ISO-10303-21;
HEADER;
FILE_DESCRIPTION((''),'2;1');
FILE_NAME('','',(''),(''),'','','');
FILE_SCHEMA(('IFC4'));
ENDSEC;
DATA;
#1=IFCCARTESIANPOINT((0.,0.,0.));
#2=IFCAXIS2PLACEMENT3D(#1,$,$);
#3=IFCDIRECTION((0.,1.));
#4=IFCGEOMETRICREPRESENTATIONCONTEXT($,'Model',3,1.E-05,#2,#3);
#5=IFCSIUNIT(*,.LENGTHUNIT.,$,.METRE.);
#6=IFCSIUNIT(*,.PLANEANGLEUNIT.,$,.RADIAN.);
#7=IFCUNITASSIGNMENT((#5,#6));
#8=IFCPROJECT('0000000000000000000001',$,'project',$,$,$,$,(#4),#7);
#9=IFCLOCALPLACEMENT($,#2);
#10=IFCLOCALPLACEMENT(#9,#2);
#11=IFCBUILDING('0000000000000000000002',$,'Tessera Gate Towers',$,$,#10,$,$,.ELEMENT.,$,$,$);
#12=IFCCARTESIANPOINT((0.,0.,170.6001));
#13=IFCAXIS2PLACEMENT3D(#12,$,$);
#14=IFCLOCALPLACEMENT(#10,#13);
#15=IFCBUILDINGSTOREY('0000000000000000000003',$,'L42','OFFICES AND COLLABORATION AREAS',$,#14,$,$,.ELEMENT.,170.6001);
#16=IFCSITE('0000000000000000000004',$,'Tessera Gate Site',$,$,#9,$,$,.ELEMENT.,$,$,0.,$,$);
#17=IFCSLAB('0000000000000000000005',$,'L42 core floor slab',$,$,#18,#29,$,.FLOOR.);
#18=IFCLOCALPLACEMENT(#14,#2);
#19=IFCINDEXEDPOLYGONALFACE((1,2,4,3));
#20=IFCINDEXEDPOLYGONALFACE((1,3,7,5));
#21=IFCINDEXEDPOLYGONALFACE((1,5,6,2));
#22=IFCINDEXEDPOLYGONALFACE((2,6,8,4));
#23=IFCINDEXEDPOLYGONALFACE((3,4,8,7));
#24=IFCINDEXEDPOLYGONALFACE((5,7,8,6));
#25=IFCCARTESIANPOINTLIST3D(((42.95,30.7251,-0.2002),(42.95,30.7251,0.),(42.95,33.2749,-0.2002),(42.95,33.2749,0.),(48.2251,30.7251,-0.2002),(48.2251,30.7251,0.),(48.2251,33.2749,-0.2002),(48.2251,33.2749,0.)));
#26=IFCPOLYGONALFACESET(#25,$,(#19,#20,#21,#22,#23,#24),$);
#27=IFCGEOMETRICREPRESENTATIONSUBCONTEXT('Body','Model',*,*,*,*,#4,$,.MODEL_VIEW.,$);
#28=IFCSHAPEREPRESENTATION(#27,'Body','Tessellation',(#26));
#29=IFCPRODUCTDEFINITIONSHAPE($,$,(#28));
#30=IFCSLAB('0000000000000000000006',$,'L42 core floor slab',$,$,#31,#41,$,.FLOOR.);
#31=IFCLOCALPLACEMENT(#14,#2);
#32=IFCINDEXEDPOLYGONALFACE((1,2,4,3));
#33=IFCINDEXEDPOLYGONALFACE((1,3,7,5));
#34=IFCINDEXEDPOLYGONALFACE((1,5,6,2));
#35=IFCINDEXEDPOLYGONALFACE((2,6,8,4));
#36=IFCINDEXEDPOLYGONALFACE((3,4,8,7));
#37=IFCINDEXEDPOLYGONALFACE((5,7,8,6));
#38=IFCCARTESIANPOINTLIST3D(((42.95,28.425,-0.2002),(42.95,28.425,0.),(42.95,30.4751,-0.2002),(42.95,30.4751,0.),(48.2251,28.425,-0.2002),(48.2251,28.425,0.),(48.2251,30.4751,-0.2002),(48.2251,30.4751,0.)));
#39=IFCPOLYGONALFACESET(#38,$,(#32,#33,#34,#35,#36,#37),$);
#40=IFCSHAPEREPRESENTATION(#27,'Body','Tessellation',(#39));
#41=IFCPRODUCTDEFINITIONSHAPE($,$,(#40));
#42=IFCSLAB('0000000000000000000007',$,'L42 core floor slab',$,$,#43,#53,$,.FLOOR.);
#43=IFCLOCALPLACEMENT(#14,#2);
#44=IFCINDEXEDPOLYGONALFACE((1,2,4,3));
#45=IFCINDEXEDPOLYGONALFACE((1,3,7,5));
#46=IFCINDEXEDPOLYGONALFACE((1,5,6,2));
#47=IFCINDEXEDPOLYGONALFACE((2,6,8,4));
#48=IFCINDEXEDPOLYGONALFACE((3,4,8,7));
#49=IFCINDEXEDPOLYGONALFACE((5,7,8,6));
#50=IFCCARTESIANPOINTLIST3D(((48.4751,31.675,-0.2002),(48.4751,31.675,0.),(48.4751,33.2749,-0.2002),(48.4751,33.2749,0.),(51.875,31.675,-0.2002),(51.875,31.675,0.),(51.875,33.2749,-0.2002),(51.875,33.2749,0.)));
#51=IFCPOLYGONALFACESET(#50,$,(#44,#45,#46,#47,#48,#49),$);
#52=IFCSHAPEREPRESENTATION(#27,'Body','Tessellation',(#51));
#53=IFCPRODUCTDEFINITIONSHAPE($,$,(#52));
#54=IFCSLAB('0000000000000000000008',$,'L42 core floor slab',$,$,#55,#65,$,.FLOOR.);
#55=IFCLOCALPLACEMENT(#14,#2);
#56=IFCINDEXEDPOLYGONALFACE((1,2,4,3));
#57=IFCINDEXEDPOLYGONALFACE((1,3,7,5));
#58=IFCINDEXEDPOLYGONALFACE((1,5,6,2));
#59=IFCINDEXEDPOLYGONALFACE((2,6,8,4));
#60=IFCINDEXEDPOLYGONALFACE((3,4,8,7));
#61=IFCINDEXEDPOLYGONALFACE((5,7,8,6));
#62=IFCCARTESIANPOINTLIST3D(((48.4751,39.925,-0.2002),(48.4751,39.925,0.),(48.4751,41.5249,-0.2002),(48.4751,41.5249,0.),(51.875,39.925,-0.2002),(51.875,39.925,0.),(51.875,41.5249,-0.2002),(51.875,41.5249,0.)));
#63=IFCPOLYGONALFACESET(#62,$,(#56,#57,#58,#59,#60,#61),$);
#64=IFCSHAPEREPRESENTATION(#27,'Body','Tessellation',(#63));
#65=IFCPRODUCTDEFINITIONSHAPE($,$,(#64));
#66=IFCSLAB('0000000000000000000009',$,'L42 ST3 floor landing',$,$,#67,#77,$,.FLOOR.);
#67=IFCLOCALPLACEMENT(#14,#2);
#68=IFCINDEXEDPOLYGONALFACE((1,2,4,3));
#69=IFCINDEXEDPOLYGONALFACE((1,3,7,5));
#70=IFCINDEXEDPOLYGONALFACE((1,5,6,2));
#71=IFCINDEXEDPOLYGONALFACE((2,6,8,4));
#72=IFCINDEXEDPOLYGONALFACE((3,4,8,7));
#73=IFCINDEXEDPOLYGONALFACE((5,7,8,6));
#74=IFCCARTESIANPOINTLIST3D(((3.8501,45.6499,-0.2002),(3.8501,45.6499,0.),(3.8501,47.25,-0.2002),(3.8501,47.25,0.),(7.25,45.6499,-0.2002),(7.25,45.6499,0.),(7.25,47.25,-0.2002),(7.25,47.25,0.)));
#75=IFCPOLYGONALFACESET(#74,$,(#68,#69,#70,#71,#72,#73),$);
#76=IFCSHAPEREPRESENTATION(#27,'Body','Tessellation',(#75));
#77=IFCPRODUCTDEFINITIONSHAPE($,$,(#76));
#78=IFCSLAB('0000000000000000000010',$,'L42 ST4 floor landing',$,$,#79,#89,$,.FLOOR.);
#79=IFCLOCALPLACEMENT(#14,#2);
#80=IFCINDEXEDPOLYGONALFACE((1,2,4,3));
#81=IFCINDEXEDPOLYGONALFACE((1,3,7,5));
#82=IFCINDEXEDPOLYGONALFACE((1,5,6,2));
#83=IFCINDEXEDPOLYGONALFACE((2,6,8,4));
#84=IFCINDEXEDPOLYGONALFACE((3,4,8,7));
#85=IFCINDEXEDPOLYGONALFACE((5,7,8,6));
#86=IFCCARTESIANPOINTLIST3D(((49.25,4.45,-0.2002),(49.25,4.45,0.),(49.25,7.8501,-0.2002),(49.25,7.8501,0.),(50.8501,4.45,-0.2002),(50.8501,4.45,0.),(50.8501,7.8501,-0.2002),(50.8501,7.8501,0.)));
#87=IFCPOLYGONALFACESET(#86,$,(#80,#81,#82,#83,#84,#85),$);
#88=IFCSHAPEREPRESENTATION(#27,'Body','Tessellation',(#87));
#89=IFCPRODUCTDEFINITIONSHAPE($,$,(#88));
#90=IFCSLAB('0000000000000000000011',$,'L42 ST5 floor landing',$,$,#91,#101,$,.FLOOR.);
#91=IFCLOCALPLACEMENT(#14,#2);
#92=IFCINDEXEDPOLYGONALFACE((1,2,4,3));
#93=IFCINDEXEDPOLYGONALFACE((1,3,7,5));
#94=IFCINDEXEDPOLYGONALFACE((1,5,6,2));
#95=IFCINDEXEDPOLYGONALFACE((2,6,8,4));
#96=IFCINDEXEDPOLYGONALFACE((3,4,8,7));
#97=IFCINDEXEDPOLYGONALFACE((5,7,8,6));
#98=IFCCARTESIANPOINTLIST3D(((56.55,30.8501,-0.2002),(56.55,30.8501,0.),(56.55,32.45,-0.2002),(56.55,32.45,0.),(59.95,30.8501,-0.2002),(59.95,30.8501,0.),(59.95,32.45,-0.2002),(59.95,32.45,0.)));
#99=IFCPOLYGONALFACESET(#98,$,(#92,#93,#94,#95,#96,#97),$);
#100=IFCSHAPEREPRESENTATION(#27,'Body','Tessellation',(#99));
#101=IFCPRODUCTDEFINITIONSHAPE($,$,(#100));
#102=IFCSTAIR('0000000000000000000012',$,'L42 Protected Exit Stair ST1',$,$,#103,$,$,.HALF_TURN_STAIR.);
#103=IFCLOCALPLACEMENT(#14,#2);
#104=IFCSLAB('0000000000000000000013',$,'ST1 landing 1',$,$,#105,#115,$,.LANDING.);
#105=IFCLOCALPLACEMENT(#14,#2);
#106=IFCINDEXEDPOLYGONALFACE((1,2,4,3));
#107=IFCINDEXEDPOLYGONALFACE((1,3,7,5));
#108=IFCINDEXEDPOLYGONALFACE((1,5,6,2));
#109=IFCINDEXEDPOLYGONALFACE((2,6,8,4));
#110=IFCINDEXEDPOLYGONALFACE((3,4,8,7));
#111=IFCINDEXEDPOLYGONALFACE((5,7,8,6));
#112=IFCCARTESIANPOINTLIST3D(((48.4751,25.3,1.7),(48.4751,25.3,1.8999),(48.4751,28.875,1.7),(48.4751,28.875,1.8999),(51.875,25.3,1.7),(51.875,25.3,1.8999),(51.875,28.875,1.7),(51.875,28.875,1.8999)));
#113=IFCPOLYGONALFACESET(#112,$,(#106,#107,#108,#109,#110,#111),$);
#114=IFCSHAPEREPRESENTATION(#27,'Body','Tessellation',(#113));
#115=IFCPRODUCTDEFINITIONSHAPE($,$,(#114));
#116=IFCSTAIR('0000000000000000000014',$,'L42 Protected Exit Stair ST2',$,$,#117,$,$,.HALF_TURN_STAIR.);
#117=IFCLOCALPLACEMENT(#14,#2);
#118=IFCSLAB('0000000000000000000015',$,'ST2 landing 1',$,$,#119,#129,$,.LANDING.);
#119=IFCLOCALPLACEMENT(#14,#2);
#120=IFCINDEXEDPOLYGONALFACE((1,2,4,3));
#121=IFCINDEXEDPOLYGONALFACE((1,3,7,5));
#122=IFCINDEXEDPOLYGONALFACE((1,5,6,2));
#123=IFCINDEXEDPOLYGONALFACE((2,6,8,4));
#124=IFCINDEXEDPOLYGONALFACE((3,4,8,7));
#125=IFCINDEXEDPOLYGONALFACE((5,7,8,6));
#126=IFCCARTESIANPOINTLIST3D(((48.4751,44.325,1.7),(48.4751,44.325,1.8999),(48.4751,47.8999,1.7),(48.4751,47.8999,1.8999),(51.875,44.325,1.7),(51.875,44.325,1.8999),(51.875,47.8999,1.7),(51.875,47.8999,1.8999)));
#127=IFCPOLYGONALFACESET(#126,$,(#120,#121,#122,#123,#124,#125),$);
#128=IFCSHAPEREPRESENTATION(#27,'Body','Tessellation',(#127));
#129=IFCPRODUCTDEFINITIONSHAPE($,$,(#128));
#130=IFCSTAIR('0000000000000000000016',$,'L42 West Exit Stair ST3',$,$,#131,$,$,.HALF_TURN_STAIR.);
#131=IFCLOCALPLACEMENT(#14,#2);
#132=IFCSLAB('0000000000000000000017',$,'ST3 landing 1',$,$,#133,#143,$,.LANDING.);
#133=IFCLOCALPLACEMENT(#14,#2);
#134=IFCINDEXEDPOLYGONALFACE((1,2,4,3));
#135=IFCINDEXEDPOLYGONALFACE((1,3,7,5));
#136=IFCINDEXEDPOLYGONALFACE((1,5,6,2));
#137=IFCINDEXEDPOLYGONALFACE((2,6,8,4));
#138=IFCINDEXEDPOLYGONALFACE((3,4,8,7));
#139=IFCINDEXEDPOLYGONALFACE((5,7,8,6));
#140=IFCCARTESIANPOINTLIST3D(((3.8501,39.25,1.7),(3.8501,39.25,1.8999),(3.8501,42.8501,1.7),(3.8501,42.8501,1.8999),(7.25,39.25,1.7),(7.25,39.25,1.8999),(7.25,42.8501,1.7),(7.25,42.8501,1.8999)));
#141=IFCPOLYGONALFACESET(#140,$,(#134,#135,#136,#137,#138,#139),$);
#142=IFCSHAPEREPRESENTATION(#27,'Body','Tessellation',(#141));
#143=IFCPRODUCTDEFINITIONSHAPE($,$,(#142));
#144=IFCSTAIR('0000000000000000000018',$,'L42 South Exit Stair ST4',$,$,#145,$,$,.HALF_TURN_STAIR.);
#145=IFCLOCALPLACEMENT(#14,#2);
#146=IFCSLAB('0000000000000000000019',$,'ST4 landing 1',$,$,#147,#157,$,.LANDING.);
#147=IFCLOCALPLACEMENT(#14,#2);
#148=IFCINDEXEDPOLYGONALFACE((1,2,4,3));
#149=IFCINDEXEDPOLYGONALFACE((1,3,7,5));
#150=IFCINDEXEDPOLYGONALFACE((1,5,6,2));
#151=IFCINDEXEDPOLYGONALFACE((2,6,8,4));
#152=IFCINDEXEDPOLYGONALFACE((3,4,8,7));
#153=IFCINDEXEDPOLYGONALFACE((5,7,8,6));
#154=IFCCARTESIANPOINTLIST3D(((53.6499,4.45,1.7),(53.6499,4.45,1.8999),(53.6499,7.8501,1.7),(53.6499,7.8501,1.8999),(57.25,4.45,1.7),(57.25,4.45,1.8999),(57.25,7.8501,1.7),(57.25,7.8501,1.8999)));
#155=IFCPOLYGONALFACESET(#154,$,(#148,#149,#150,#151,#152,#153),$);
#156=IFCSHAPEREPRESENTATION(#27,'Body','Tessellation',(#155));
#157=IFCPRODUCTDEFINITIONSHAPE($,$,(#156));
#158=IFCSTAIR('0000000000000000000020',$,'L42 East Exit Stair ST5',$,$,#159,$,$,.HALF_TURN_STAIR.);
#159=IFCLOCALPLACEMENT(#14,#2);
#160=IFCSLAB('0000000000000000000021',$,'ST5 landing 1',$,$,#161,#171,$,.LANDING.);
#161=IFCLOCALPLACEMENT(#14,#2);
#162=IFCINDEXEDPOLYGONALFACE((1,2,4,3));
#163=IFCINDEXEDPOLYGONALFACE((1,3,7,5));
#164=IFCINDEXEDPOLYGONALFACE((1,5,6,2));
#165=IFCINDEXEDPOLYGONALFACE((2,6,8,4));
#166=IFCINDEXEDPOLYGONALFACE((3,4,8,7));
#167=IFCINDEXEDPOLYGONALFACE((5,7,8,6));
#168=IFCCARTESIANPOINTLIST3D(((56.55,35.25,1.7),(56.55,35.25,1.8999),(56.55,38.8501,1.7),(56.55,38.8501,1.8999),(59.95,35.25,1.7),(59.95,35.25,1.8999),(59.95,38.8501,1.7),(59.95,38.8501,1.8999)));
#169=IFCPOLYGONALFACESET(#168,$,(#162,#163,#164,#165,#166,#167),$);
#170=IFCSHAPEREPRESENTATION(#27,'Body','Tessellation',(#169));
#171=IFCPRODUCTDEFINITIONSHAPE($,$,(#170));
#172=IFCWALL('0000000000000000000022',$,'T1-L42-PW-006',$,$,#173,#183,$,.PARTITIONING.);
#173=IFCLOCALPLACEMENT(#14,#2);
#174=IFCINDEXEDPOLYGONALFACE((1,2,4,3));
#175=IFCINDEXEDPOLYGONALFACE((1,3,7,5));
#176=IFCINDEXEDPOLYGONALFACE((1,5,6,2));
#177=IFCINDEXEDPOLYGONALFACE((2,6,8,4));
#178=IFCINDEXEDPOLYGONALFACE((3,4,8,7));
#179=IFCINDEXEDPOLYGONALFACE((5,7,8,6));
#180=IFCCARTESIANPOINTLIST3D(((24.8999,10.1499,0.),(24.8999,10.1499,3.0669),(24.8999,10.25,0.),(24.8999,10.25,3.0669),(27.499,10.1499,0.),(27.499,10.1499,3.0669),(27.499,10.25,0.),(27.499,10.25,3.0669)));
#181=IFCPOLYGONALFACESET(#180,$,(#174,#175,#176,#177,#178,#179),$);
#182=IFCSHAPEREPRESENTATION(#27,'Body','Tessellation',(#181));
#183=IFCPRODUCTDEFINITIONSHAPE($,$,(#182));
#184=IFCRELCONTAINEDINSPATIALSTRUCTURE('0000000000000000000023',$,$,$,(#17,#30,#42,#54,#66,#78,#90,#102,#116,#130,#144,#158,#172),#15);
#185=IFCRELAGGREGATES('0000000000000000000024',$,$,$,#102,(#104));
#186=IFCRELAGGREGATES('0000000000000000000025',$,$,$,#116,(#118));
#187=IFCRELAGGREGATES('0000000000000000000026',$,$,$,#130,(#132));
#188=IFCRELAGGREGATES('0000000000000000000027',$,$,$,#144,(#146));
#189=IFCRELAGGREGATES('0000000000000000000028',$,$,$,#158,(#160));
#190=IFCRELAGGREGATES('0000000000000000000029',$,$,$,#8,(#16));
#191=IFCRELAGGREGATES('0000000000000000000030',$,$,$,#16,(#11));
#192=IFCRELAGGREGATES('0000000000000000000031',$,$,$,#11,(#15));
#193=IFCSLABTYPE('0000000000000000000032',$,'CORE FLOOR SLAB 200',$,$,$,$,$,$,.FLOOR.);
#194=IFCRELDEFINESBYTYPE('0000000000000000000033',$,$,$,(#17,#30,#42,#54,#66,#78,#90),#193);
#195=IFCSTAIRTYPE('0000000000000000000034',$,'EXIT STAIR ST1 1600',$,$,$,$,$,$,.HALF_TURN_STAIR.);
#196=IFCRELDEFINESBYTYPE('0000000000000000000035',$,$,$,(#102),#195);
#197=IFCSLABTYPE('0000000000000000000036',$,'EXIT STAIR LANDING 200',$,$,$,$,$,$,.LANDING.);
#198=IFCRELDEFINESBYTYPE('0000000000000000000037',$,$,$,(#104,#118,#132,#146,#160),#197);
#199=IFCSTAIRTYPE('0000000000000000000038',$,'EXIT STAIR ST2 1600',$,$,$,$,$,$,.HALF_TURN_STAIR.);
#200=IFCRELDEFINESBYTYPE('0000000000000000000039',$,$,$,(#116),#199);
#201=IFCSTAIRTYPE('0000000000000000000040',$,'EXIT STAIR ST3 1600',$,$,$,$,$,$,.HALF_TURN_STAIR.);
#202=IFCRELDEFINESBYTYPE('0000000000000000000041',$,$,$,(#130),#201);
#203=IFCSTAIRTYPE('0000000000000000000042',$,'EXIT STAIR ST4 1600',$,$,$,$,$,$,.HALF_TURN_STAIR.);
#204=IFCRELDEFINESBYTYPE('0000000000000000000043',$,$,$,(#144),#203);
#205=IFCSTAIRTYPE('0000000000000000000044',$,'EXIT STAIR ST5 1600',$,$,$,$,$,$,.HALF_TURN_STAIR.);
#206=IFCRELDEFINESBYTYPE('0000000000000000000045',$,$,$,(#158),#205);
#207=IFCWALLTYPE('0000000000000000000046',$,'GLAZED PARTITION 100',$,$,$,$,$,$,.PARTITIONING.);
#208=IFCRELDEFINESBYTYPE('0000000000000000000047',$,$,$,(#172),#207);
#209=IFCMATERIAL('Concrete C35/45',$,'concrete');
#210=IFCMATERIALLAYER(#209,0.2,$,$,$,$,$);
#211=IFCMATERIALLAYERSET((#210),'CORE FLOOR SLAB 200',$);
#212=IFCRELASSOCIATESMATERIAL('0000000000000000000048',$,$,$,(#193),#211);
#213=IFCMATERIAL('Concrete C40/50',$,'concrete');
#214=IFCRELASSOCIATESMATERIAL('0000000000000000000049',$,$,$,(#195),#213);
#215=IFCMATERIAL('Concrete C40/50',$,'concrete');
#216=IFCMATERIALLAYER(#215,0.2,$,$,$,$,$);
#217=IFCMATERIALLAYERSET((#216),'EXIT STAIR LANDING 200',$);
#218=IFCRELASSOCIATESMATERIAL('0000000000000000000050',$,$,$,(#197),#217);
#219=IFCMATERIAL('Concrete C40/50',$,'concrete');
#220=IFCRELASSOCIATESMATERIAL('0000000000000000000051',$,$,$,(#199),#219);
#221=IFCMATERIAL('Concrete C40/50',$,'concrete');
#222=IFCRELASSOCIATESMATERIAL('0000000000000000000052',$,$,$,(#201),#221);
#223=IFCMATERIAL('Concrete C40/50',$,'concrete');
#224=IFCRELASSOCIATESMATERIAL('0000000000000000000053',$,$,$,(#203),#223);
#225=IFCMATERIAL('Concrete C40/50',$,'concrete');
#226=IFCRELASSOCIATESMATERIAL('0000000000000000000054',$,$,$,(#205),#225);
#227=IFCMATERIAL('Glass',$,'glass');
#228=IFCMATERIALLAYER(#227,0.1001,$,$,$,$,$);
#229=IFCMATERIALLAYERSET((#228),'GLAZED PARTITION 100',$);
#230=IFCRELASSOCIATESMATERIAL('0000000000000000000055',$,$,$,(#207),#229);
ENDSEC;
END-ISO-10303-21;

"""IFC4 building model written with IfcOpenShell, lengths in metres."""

from ifc_helpers import new_model, si_unit, direction, frame, frame_2d, origin, place, context, subcontext, project, spatial, polyline, rectangle, outline, extrude, material, layer, layer_set, type_object, element, aggregate, save


model = new_model("IFC4")

# Units and contexts
model_context = context("Model", 3, precision=1e-05, world=origin(), true_north=direction((0.0, 1.0)))
body_context = subcontext(model_context, "Body", "Model", "MODEL_VIEW")
ifc_project = project(units=[si_unit("LENGTHUNIT", "METRE"), si_unit("PLANEANGLEUNIT", "RADIAN")], contexts=[model_context])

# Site, building, storey
site_placement = place(None, origin())
site = spatial("IfcSite", under=ifc_project, at=site_placement, Name="Tessera Gate Site", CompositionType="ELEMENT", RefElevation=0.0)
building_placement = place(site_placement, origin())
building = spatial("IfcBuilding", under=site, at=building_placement, Name="Tessera Gate Towers", CompositionType="ELEMENT")
storey_placement = place(building_placement, frame((0.0, 0.0, 170.6001)))
storey = spatial("IfcBuildingStorey", under=building, at=storey_placement, Name="L42", Description="OFFICES AND COLLABORATION AREAS", CompositionType="ELEMENT", Elevation=170.6001)

# Slabs
ifc_material_1 = material(Name="Concrete C35/45", Category="concrete")
ifc_layer_1 = layer(ifc_material_1, 0.2)
ifc_layer_set_1 = layer_set([ifc_layer_1], Name="CORE FLOOR SLAB 200")
slab_type_1 = type_object("IfcSlabType", Name="CORE FLOOR SLAB 200", PredefinedType="FLOOR", material=ifc_layer_set_1)
slab_1_placement = place(storey_placement, frame((0.0, 0.0, -0.2002)))
element("IfcSlab", 1, at=slab_1_placement, inside=storey, type_object=slab_type_1, Name="L42 core floor slab", PredefinedType="FLOOR", context=body_context, shape_type="SweptSolid", body=[
    extrude(outline(polyline([(42.95, 33.2749), (42.95, 30.7251), (48.2251, 30.7251), (48.2251, 33.2749), (42.95, 33.2749)])), origin(), (0.0, 0.0, 1.0), 0.2002),
])
slab_2_placement = place(storey_placement, frame((0.0, 0.0, -0.2002)))
element("IfcSlab", 2, at=slab_2_placement, inside=storey, type_object=slab_type_1, Name="L42 core floor slab", PredefinedType="FLOOR", context=body_context, shape_type="SweptSolid", body=[
    extrude(outline(polyline([(48.2251, 30.4751), (42.95, 30.4751), (42.95, 28.425), (48.2251, 28.425), (48.2251, 30.4751)])), origin(), (0.0, 0.0, 1.0), 0.2002),
])
slab_3_placement = place(storey_placement, frame((0.0, 0.0, -0.2002)))
element("IfcSlab", 3, at=slab_3_placement, inside=storey, type_object=slab_type_1, Name="L42 core floor slab", PredefinedType="FLOOR", context=body_context, shape_type="SweptSolid", body=[
    extrude(outline(polyline([(51.875, 31.675), (51.875, 33.2749), (48.4751, 33.2749), (48.4751, 31.675), (51.875, 31.675)])), origin(), (0.0, 0.0, 1.0), 0.2002),
])
slab_4_placement = place(storey_placement, frame((0.0, 0.0, -0.2002)))
element("IfcSlab", 4, at=slab_4_placement, inside=storey, type_object=slab_type_1, Name="L42 core floor slab", PredefinedType="FLOOR", context=body_context, shape_type="SweptSolid", body=[
    extrude(outline(polyline([(48.4751, 41.5249), (48.4751, 39.925), (51.875, 39.925), (51.875, 41.5249), (48.4751, 41.5249)])), origin(), (0.0, 0.0, 1.0), 0.2002),
])
slab_5_placement = place(storey_placement, frame((0.0, 0.0, -0.2002)))
element("IfcSlab", 5, at=slab_5_placement, inside=storey, type_object=slab_type_1, Name="L42 ST3 floor landing", PredefinedType="FLOOR", context=body_context, shape_type="SweptSolid", body=[
    extrude(outline(polyline([(3.8501, 47.25), (3.8501, 45.6499), (7.25, 45.6499), (7.25, 47.25), (3.8501, 47.25)])), origin(), (0.0, 0.0, 1.0), 0.2002),
])
slab_6_placement = place(storey_placement, frame((0.0, 0.0, -0.2002)))
element("IfcSlab", 6, at=slab_6_placement, inside=storey, type_object=slab_type_1, Name="L42 ST4 floor landing", PredefinedType="FLOOR", context=body_context, shape_type="SweptSolid", body=[
    extrude(outline(polyline([(49.25, 4.45), (50.8501, 4.45), (50.8501, 7.8501), (49.25, 7.8501), (49.25, 4.45)])), origin(), (0.0, 0.0, 1.0), 0.2002),
])
slab_7_placement = place(storey_placement, frame((0.0, 0.0, -0.2002)))
element("IfcSlab", 7, at=slab_7_placement, inside=storey, type_object=slab_type_1, Name="L42 ST5 floor landing", PredefinedType="FLOOR", context=body_context, shape_type="SweptSolid", body=[
    extrude(outline(polyline([(59.95, 30.8501), (59.95, 32.45), (56.55, 32.45), (56.55, 30.8501), (59.95, 30.8501)])), origin(), (0.0, 0.0, 1.0), 0.2002),
])

# Stairs, slabs
ifc_material_2 = material(Name="Concrete C40/50", Category="concrete")
stair_type_1 = type_object("IfcStairType", Name="EXIT STAIR ST1 1600", PredefinedType="HALF_TURN_STAIR", material=ifc_material_2)
stair_1_placement = place(storey_placement, origin())
stair_1 = element("IfcStair", 8, at=stair_1_placement, inside=storey, type_object=stair_type_1, Name="L42 Protected Exit Stair ST1", PredefinedType="HALF_TURN_STAIR")
ifc_material_3 = material(Name="Concrete C40/50", Category="concrete")
ifc_layer_2 = layer(ifc_material_3, 0.2)
ifc_layer_set_2 = layer_set([ifc_layer_2], Name="EXIT STAIR LANDING 200")
slab_type_2 = type_object("IfcSlabType", Name="EXIT STAIR LANDING 200", PredefinedType="LANDING", material=ifc_layer_set_2)
slab_8_placement = place(storey_placement, frame((0.0, 0.0, 1.7)))
slab_8 = element("IfcSlab", 9, at=slab_8_placement, type_object=slab_type_2, Name="ST1 landing 1", PredefinedType="LANDING", context=body_context, shape_type="SweptSolid", body=[
    extrude(outline(polyline([(48.4751, 28.875), (48.4751, 25.3), (51.875, 25.3), (51.875, 28.875), (48.4751, 28.875)])), origin(), (0.0, 0.0, 1.0), 0.2),
])
aggregate(stair_1, [slab_8])
ifc_material_4 = material(Name="Concrete C40/50", Category="concrete")
stair_type_2 = type_object("IfcStairType", Name="EXIT STAIR ST2 1600", PredefinedType="HALF_TURN_STAIR", material=ifc_material_4)
stair_2_placement = place(storey_placement, origin())
stair_2 = element("IfcStair", 10, at=stair_2_placement, inside=storey, type_object=stair_type_2, Name="L42 Protected Exit Stair ST2", PredefinedType="HALF_TURN_STAIR")
slab_9_placement = place(storey_placement, frame((0.0, 0.0, 1.7)))
slab_9 = element("IfcSlab", 11, at=slab_9_placement, type_object=slab_type_2, Name="ST2 landing 1", PredefinedType="LANDING", context=body_context, shape_type="SweptSolid", body=[
    extrude(outline(polyline([(51.875, 44.325), (51.875, 47.8999), (48.4751, 47.8999), (48.4751, 44.325), (51.875, 44.325)])), origin(), (0.0, 0.0, 1.0), 0.2),
])
aggregate(stair_2, [slab_9])
ifc_material_5 = material(Name="Concrete C40/50", Category="concrete")
stair_type_3 = type_object("IfcStairType", Name="EXIT STAIR ST3 1600", PredefinedType="HALF_TURN_STAIR", material=ifc_material_5)
stair_3_placement = place(storey_placement, origin())
stair_3 = element("IfcStair", 12, at=stair_3_placement, inside=storey, type_object=stair_type_3, Name="L42 West Exit Stair ST3", PredefinedType="HALF_TURN_STAIR")
slab_10_placement = place(storey_placement, frame((0.0, 0.0, 1.7)))
slab_10 = element("IfcSlab", 13, at=slab_10_placement, type_object=slab_type_2, Name="ST3 landing 1", PredefinedType="LANDING", context=body_context, shape_type="SweptSolid", body=[
    extrude(outline(polyline([(3.8501, 42.8501), (3.8501, 39.25), (7.25, 39.25), (7.25, 42.8501), (3.8501, 42.8501)])), origin(), (0.0, 0.0, 1.0), 0.2),
])
aggregate(stair_3, [slab_10])
ifc_material_6 = material(Name="Concrete C40/50", Category="concrete")
stair_type_4 = type_object("IfcStairType", Name="EXIT STAIR ST4 1600", PredefinedType="HALF_TURN_STAIR", material=ifc_material_6)
stair_4_placement = place(storey_placement, origin())
stair_4 = element("IfcStair", 14, at=stair_4_placement, inside=storey, type_object=stair_type_4, Name="L42 South Exit Stair ST4", PredefinedType="HALF_TURN_STAIR")
slab_11_placement = place(storey_placement, frame((0.0, 0.0, 1.7)))
slab_11 = element("IfcSlab", 15, at=slab_11_placement, type_object=slab_type_2, Name="ST4 landing 1", PredefinedType="LANDING", context=body_context, shape_type="SweptSolid", body=[
    extrude(outline(polyline([(53.6499, 4.45), (57.25, 4.45), (57.25, 7.8501), (53.6499, 7.8501), (53.6499, 4.45)])), origin(), (0.0, 0.0, 1.0), 0.2),
])
aggregate(stair_4, [slab_11])
ifc_material_7 = material(Name="Concrete C40/50", Category="concrete")
stair_type_5 = type_object("IfcStairType", Name="EXIT STAIR ST5 1600", PredefinedType="HALF_TURN_STAIR", material=ifc_material_7)
stair_5_placement = place(storey_placement, origin())
stair_5 = element("IfcStair", 16, at=stair_5_placement, inside=storey, type_object=stair_type_5, Name="L42 East Exit Stair ST5", PredefinedType="HALF_TURN_STAIR")
slab_12_placement = place(storey_placement, frame((0.0, 0.0, 1.7)))
slab_12 = element("IfcSlab", 17, at=slab_12_placement, type_object=slab_type_2, Name="ST5 landing 1", PredefinedType="LANDING", context=body_context, shape_type="SweptSolid", body=[
    extrude(outline(polyline([(59.95, 35.25), (59.95, 38.8501), (56.55, 38.8501), (56.55, 35.25), (59.95, 35.25)])), origin(), (0.0, 0.0, 1.0), 0.2),
])
aggregate(stair_5, [slab_12])

# Wall
ifc_material_8 = material(Name="Glass", Category="glass")
ifc_layer_3 = layer(ifc_material_8, 0.1001)
ifc_layer_set_3 = layer_set([ifc_layer_3], Name="GLAZED PARTITION 100")
wall_type_1 = type_object("IfcWallType", Name="GLAZED PARTITION 100", PredefinedType="PARTITIONING", material=ifc_layer_set_3)
wall_1_placement = place(storey_placement, frame((24.8999, 10.2, 0.0), z_axis=(0.0, 0.0, 1.0), x_axis=(1.0, 0.0, 0.0)))
element("IfcWall", 18, at=wall_1_placement, inside=storey, type_object=wall_type_1, Name="T1-L42-PW-006", PredefinedType="PARTITIONING", context=body_context, shape_type="SweptSolid", body=[
    extrude(rectangle(XDim=2.5991, YDim=0.1001, at=frame_2d((1.2996, 0.0))), origin(), (0.0, 0.0, 1.0), 3.0669),
])

save(model, "model.ifc")
